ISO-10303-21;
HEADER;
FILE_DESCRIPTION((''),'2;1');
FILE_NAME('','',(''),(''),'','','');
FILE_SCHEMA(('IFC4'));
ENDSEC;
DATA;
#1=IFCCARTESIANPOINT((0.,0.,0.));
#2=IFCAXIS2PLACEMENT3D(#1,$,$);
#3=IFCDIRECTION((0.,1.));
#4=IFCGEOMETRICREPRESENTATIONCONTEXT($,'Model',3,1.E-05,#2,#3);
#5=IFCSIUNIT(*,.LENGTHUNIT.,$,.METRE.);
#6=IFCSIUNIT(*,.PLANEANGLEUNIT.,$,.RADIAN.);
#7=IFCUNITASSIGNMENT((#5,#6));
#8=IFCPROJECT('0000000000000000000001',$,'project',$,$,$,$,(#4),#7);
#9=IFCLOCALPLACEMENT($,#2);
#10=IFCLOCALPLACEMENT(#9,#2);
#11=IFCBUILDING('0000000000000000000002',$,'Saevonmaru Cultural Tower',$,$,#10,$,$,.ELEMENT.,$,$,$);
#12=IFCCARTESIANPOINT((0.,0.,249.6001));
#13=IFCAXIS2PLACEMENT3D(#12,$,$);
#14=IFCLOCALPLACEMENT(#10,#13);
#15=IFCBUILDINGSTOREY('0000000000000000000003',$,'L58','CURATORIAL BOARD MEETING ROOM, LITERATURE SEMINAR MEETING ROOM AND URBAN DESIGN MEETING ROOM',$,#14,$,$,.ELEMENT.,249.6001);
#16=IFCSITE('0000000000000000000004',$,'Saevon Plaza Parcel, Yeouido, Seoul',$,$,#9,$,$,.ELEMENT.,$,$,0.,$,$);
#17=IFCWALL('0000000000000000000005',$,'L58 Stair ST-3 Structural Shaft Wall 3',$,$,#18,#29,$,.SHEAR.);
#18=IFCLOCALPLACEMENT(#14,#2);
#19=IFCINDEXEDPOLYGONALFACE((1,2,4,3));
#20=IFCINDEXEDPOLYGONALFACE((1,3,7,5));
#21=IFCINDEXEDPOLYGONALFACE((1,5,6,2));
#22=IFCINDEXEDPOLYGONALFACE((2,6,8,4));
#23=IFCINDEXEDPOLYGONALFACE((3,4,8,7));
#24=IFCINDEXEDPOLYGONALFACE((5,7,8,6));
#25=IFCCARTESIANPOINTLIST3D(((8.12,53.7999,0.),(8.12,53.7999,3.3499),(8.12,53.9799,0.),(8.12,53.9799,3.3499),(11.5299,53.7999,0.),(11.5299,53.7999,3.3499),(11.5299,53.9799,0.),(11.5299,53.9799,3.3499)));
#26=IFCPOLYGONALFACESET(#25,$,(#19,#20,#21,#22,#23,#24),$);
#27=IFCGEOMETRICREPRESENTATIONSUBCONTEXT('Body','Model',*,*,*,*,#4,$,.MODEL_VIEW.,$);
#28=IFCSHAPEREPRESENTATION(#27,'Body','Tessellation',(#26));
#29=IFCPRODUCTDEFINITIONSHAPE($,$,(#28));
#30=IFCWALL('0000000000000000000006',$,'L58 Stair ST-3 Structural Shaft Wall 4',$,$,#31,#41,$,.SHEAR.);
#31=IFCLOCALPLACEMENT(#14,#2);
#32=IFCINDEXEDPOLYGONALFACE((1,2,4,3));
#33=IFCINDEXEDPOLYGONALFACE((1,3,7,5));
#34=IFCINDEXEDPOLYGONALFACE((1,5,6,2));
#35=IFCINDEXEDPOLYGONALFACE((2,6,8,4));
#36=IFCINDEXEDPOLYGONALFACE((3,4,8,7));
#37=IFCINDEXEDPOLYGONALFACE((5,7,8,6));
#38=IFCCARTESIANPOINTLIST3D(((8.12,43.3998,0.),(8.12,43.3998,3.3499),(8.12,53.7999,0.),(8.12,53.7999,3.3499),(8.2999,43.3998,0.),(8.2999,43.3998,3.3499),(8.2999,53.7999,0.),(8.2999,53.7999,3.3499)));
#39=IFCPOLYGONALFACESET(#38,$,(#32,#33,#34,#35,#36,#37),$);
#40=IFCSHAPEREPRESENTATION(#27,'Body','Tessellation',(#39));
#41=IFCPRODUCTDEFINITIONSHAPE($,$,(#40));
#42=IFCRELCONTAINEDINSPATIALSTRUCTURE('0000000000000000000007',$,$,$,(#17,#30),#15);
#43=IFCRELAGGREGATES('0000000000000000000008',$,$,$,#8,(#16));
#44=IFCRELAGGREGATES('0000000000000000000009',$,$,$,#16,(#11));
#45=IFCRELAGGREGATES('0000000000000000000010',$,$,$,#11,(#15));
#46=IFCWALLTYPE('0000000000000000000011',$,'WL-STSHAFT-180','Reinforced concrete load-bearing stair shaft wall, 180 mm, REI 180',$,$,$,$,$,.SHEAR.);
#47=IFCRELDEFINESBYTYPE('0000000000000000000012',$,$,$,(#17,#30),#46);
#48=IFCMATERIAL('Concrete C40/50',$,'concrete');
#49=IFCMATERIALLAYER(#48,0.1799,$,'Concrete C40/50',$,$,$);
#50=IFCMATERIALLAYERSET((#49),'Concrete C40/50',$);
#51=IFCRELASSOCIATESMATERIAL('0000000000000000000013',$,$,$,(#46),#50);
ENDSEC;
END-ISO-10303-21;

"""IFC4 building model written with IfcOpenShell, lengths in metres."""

from ifc_helpers import new_model, si_unit, direction, frame, frame_2d, origin, place, context, subcontext, project, spatial, rectangle, extrude, material, layer, layer_set, type_object, element, save


model = new_model("IFC4")

# Units and contexts
model_context = context("Model", 3, precision=1e-05, world=origin(), true_north=direction((0.0, 1.0)))
body_context = subcontext(model_context, "Body", "Model", "MODEL_VIEW")
ifc_project = project(units=[si_unit("LENGTHUNIT", "METRE"), si_unit("PLANEANGLEUNIT", "RADIAN")], contexts=[model_context])

# Site, building, storey
site_placement = place(None, origin())
site = spatial("IfcSite", under=ifc_project, at=site_placement, Name="Saevon Plaza Parcel, Yeouido, Seoul", CompositionType="ELEMENT", RefElevation=0.0)
building_placement = place(site_placement, origin())
building = spatial("IfcBuilding", under=site, at=building_placement, Name="Saevonmaru Cultural Tower", CompositionType="ELEMENT")
storey_placement = place(building_placement, frame((0.0, 0.0, 249.6001)))
storey = spatial("IfcBuildingStorey", under=building, at=storey_placement, Name="L58", Description="CURATORIAL BOARD MEETING ROOM, LITERATURE SEMINAR MEETING ROOM AND URBAN DESIGN MEETING ROOM", CompositionType="ELEMENT", Elevation=249.6001)

# Walls
ifc_material_1 = material(Name="Concrete C40/50", Category="concrete")
ifc_layer_1 = layer(ifc_material_1, 0.1799, Name="Concrete C40/50")
ifc_layer_set_1 = layer_set([ifc_layer_1], Name="Concrete C40/50")
wall_type_1 = type_object("IfcWallType", Name="WL-STSHAFT-180", Description="Reinforced concrete load-bearing stair shaft wall, 180 mm, REI 180", PredefinedType="SHEAR", material=ifc_layer_set_1)
wall_1_placement = place(storey_placement, frame((11.53, 53.8899, 0.0), z_axis=(0.0, 0.0, 1.0), x_axis=(-1.0, 0.0, 0.0)))
element("IfcWall", 1, at=wall_1_placement, inside=storey, type_object=wall_type_1, Name="L58 Stair ST-3 Structural Shaft Wall 3", PredefinedType="SHEAR", context=body_context, shape_type="SweptSolid", body=[
    extrude(rectangle(XDim=3.4099, YDim=0.1799, at=frame_2d((1.7051, 0.0))), origin(), (0.0, 0.0, 1.0), 3.3499),
])
wall_2_placement = place(storey_placement, frame((8.21, 53.8, 0.0), z_axis=(0.0, 0.0, 1.0), x_axis=(0.0, -1.0, 0.0)))
element("IfcWall", 2, at=wall_2_placement, inside=storey, type_object=wall_type_1, Name="L58 Stair ST-3 Structural Shaft Wall 4", PredefinedType="SHEAR", context=body_context, shape_type="SweptSolid", body=[
    extrude(rectangle(XDim=10.4001, YDim=0.1799, at=frame_2d((5.2002, 0.0))), origin(), (0.0, 0.0, 1.0), 3.3499),
])

save(model, "model.ifc")
